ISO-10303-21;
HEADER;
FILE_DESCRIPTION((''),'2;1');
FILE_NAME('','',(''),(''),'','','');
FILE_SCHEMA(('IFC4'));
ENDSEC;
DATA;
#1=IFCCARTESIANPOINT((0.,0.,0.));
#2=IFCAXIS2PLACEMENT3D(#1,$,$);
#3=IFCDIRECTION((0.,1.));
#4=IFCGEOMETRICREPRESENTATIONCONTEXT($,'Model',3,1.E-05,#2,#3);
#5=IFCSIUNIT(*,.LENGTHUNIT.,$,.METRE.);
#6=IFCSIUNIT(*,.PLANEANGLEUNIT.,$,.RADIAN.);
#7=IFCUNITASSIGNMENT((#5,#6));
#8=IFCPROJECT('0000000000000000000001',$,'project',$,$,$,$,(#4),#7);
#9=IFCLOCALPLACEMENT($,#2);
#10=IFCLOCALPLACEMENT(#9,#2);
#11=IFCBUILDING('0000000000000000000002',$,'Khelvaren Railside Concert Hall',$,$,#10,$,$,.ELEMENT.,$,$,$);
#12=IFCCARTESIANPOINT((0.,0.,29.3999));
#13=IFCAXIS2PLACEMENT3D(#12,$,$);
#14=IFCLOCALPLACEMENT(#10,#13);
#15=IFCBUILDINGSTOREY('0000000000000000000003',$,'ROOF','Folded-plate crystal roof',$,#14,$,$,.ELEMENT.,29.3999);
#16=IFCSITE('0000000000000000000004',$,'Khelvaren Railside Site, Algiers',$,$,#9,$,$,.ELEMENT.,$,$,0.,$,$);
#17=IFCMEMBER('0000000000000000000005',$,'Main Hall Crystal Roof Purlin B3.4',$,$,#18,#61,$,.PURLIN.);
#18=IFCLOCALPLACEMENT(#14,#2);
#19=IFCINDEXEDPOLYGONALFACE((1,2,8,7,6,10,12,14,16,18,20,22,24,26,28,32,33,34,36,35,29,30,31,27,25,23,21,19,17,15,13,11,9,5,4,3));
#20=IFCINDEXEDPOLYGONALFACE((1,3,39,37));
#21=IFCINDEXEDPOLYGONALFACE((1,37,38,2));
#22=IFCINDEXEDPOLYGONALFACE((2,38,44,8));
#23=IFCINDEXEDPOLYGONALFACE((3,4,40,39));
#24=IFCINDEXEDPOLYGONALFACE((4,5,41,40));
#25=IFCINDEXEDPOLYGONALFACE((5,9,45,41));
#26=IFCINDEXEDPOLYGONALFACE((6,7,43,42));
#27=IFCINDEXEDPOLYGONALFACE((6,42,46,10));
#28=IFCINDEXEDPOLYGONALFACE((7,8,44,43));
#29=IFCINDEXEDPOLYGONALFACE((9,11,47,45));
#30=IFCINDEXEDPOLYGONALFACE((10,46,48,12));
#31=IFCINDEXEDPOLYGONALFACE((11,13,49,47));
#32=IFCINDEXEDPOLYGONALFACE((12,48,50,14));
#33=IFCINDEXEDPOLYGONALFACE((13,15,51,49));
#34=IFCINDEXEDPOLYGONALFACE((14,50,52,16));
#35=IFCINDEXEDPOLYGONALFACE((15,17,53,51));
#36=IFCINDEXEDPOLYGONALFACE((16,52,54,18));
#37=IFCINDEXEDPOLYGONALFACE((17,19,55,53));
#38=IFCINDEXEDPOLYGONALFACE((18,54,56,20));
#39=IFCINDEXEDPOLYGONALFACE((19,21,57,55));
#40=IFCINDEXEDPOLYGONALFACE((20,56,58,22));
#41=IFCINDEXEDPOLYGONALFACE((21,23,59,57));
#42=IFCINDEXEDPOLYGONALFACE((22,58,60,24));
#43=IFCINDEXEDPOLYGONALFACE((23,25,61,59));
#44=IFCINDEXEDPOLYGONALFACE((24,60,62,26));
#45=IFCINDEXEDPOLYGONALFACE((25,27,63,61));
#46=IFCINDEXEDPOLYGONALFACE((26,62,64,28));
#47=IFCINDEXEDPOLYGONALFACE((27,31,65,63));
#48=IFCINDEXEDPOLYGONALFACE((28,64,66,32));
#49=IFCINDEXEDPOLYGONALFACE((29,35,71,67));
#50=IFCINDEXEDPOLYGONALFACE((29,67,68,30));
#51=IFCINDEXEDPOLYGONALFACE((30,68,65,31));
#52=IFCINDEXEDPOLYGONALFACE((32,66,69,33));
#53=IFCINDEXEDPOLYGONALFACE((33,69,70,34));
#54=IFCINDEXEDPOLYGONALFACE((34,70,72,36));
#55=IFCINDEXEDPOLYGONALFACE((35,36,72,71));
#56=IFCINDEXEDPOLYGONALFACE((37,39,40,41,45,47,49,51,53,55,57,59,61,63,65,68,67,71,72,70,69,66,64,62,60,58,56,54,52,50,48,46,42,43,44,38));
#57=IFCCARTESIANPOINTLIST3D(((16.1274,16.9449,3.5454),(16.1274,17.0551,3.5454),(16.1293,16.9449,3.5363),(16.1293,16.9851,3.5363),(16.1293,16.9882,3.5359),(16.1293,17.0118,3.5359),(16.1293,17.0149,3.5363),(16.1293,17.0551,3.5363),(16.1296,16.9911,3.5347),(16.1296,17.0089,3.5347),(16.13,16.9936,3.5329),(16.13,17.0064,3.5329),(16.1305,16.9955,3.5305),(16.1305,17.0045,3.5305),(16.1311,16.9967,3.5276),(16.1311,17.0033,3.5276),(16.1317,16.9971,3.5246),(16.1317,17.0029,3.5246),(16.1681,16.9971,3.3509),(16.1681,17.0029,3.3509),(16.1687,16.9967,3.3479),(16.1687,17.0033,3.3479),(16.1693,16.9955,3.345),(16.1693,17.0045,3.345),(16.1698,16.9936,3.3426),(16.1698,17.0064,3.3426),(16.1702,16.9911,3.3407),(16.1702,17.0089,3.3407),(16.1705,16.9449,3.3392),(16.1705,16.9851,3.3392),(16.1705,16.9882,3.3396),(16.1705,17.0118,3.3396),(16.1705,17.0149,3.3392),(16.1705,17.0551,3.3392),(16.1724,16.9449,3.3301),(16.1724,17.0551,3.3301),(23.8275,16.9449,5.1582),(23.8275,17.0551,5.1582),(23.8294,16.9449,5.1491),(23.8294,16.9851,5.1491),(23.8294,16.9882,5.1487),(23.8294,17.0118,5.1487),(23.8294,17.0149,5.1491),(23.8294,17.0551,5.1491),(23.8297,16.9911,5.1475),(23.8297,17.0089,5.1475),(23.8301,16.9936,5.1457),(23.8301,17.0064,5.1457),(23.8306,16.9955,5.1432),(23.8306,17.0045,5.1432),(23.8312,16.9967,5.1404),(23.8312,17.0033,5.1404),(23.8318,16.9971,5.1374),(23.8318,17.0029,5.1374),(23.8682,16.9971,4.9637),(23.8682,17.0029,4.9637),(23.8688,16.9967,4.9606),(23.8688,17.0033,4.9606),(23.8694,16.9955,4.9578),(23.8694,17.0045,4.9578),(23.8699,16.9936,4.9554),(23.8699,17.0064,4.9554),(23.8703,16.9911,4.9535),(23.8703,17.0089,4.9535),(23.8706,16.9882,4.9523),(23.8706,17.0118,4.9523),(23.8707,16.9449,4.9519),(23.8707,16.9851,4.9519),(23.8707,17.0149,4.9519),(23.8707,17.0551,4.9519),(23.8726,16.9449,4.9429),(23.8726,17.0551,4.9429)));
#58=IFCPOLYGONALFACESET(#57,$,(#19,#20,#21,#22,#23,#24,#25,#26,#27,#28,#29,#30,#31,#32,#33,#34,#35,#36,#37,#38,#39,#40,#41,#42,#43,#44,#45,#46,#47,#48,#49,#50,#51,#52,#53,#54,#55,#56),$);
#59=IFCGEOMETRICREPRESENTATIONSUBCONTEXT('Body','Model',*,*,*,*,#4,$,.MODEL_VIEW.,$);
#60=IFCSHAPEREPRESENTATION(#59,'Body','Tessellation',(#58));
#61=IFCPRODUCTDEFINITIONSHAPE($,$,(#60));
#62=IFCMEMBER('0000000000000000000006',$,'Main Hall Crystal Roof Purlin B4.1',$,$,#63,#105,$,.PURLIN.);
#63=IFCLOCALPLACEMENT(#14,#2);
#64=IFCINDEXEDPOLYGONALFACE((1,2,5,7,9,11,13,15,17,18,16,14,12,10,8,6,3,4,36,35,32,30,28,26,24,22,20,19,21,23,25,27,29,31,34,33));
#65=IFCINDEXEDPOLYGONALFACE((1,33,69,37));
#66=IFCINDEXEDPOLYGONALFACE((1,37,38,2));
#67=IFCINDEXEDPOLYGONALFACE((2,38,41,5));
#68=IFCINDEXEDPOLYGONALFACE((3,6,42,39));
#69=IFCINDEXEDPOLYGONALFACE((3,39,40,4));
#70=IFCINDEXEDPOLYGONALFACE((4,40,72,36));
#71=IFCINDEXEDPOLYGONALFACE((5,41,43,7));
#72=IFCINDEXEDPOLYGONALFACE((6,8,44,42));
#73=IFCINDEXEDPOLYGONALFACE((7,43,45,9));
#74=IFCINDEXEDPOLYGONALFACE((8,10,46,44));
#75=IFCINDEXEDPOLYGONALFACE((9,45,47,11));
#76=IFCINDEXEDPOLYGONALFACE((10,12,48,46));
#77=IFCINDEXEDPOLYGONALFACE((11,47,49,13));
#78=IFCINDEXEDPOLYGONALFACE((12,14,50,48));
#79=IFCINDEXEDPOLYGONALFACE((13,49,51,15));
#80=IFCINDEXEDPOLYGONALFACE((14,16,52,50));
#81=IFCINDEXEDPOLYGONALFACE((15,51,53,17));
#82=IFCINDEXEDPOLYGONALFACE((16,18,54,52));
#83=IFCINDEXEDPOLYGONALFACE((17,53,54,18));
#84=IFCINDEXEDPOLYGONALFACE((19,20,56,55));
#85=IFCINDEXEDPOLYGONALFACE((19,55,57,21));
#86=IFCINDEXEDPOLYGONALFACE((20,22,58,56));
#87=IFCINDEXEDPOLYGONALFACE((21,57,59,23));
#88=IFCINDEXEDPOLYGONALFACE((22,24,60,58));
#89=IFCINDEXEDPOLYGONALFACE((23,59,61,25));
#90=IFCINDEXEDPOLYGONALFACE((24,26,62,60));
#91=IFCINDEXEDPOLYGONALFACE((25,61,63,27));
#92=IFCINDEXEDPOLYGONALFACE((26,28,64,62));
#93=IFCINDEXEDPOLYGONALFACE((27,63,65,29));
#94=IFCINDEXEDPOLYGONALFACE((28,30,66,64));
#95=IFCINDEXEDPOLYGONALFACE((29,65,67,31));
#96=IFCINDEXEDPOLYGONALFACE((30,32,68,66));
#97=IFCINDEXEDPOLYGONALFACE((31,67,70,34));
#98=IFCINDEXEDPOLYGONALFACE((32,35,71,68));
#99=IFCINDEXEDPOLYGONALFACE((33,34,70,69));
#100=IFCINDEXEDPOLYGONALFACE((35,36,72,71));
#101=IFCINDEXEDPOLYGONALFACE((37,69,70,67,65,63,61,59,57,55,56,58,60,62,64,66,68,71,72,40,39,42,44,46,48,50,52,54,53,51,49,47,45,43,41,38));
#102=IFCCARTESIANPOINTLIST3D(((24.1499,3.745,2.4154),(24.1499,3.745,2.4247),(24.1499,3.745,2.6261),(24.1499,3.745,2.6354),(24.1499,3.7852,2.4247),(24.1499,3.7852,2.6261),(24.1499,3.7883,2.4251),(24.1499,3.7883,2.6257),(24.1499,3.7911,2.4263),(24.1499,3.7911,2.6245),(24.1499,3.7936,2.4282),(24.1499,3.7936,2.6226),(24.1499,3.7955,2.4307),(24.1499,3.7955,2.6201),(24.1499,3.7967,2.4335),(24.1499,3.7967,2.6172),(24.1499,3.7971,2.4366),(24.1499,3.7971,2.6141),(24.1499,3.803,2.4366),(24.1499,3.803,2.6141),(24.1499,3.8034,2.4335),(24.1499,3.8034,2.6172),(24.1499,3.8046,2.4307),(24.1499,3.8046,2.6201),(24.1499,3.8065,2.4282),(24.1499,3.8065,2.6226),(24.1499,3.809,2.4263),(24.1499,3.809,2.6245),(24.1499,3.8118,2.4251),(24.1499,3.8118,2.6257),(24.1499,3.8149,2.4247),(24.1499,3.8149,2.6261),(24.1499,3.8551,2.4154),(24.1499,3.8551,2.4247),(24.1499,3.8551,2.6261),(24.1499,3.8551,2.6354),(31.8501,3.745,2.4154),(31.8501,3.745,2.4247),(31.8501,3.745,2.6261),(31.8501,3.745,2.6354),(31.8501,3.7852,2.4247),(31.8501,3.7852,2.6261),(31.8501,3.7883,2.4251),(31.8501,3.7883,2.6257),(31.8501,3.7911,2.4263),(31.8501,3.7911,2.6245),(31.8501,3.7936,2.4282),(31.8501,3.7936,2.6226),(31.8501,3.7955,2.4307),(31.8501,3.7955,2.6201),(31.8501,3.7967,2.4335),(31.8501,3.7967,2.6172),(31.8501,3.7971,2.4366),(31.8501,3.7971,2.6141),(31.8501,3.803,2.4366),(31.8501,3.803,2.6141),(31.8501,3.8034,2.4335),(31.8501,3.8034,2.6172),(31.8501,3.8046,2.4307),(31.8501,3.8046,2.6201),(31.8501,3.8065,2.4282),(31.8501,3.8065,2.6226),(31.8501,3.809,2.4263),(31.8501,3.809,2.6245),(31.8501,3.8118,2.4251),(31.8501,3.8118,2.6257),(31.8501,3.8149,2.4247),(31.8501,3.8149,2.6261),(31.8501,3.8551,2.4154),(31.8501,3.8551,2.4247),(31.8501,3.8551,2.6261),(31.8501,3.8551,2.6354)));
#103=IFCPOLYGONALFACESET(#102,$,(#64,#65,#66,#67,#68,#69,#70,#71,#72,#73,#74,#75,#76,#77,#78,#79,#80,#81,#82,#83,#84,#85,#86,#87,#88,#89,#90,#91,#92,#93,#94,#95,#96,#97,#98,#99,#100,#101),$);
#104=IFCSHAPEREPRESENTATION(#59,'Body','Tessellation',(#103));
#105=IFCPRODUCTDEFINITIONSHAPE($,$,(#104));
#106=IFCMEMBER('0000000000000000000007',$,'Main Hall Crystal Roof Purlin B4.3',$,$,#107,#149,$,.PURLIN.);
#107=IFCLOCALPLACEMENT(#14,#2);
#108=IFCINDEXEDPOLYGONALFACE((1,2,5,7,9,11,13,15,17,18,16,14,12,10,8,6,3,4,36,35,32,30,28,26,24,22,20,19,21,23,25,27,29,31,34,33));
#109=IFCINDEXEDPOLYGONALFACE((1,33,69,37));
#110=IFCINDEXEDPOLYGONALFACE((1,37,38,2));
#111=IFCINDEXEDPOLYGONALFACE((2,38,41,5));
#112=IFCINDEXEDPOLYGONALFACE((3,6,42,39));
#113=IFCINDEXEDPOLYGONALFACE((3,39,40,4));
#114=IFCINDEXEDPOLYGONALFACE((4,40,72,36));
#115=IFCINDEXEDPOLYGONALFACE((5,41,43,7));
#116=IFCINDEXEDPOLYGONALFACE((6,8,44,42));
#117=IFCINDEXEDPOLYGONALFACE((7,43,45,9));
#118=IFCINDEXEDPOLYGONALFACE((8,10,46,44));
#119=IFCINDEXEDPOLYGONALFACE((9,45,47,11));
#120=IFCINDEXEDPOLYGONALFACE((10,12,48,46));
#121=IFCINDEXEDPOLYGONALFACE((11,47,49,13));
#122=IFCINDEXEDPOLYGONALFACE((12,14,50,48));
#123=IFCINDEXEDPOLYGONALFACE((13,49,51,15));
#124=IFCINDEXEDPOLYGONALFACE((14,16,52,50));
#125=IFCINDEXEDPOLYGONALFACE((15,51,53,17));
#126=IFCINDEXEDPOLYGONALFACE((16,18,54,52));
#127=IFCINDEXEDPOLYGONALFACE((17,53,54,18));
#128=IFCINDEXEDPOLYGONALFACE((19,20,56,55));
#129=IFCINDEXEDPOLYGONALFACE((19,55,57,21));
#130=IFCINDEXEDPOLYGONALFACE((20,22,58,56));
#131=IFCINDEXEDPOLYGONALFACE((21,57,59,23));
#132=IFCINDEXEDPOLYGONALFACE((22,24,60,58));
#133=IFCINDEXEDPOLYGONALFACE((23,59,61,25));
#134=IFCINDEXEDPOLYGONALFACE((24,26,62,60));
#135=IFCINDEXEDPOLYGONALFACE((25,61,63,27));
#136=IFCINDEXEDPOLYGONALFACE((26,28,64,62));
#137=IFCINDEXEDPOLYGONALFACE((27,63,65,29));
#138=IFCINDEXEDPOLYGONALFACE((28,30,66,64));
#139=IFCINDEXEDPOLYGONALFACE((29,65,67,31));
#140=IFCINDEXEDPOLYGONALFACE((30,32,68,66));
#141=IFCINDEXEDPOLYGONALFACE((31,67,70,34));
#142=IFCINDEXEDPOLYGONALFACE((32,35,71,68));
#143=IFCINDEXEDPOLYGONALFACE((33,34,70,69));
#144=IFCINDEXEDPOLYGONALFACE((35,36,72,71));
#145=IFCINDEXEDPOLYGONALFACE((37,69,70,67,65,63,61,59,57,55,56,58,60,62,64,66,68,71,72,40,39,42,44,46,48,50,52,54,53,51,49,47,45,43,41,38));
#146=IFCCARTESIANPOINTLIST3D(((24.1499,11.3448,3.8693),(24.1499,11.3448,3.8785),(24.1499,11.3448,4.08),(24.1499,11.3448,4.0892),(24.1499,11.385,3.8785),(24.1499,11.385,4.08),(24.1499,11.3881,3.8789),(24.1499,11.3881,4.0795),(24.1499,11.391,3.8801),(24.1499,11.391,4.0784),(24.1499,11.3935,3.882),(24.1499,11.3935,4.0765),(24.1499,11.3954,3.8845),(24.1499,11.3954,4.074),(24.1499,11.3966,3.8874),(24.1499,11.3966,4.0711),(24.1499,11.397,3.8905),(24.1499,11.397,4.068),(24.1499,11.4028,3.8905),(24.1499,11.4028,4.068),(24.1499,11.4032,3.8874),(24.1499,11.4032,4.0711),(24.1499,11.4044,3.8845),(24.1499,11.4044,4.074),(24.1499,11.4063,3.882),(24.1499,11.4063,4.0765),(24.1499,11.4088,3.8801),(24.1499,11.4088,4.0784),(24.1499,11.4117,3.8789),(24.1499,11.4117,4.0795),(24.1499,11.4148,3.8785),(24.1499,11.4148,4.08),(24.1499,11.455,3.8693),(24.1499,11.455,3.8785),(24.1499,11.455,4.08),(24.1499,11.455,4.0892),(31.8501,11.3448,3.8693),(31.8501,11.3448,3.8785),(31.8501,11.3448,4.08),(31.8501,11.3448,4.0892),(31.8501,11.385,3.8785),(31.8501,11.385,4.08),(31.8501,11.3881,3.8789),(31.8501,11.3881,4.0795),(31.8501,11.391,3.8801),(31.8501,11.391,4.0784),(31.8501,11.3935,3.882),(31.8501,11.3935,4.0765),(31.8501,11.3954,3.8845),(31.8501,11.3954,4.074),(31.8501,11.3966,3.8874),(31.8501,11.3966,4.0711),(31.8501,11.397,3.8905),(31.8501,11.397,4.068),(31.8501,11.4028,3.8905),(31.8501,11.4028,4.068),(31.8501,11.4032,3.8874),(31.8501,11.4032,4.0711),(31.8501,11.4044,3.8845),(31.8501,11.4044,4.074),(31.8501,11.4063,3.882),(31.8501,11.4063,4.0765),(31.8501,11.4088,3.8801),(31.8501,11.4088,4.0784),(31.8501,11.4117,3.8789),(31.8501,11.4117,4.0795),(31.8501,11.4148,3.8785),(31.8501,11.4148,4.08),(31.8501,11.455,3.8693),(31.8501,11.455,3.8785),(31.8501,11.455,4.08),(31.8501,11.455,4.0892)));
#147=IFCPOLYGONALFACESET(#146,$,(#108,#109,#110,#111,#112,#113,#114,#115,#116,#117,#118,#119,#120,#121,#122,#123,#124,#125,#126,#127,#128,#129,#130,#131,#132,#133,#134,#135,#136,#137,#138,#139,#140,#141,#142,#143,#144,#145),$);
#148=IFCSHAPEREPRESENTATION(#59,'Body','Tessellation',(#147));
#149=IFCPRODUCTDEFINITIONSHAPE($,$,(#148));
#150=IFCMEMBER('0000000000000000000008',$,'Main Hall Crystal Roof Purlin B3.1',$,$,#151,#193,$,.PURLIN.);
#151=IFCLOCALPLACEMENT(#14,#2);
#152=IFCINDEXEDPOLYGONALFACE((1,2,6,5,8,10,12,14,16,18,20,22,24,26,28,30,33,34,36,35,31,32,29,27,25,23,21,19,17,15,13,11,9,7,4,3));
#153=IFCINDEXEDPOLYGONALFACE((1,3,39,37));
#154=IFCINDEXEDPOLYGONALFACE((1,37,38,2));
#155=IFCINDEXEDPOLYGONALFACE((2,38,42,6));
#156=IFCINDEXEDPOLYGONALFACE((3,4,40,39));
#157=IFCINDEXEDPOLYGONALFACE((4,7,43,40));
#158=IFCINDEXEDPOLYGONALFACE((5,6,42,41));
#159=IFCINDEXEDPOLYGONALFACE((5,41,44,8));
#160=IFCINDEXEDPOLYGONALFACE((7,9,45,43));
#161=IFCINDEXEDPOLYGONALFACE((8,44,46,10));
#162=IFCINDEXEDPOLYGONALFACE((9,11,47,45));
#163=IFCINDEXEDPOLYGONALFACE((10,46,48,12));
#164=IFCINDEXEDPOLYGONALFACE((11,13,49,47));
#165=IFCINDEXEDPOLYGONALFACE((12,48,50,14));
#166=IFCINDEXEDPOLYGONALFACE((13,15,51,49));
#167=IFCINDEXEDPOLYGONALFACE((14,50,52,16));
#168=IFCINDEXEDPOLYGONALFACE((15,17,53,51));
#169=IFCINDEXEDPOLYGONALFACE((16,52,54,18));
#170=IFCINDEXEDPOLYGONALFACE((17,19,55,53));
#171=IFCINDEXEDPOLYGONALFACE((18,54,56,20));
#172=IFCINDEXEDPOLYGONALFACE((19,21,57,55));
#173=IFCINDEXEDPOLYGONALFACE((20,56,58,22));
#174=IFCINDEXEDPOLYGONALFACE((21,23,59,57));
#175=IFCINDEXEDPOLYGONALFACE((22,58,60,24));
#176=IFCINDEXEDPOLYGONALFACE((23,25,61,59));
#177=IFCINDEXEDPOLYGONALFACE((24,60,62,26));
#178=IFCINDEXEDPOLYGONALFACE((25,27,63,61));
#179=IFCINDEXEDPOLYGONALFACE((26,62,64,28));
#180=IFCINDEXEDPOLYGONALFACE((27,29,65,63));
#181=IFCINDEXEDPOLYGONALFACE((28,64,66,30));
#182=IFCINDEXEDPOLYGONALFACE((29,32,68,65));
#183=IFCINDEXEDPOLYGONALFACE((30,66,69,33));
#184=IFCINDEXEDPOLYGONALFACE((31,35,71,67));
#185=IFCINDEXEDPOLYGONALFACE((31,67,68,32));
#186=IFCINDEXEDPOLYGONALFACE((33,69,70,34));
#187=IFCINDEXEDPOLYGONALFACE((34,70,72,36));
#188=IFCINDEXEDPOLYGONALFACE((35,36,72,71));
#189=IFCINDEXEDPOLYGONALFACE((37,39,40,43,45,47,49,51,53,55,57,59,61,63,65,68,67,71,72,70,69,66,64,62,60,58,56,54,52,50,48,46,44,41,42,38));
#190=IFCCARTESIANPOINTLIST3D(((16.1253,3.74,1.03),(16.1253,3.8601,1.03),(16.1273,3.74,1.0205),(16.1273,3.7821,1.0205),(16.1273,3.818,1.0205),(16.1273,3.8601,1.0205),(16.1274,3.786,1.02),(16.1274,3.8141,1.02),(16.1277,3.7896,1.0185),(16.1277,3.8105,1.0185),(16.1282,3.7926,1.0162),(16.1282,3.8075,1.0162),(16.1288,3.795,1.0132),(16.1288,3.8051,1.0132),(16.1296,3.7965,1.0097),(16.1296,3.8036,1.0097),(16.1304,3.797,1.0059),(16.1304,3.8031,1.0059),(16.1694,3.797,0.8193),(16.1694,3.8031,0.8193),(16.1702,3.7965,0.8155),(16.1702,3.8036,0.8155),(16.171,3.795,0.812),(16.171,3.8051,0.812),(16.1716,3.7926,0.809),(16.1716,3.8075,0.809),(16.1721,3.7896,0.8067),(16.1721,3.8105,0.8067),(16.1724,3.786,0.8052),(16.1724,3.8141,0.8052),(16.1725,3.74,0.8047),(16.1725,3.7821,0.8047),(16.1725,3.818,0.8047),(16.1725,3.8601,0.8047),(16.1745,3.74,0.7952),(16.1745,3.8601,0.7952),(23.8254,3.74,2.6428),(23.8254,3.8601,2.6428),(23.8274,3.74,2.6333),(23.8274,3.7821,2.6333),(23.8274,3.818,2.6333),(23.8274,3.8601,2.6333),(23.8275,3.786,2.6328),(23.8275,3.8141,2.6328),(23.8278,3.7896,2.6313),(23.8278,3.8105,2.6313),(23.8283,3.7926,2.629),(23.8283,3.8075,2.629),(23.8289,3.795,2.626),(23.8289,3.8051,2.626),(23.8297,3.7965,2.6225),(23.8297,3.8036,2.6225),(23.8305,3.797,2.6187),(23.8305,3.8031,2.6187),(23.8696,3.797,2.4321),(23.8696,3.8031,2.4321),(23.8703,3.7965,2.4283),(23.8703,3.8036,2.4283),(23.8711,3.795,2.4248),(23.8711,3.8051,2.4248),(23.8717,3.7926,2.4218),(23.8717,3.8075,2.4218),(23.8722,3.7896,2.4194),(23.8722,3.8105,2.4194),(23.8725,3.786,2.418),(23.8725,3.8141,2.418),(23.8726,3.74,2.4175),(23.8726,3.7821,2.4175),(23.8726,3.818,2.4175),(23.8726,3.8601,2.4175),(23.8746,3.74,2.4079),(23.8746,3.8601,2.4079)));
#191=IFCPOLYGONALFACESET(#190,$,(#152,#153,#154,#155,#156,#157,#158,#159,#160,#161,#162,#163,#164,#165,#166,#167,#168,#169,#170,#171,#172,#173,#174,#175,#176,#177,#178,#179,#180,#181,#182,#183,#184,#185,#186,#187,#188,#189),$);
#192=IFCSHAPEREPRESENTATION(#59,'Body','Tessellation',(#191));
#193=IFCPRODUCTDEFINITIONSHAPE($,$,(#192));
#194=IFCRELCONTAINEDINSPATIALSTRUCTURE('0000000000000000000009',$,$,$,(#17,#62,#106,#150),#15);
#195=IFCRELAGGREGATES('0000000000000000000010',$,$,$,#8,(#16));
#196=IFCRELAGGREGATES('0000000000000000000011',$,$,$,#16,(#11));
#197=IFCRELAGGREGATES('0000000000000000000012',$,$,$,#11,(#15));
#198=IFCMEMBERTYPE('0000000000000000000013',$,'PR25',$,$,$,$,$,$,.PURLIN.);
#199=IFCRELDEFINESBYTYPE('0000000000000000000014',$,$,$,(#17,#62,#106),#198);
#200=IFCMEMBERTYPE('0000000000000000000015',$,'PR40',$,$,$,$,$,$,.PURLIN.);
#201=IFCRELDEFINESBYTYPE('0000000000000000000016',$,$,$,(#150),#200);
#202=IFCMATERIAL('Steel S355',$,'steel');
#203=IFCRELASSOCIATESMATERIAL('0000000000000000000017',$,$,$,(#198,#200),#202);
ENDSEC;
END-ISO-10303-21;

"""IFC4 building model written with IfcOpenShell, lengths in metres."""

from ifc_helpers import new_model, si_unit, direction, frame, origin, origin_2d, place, context, subcontext, project, spatial, i_section, extrude, material, material_profile, profile_set, type_object, element, save


model = new_model("IFC4")

# Units and contexts
model_context = context("Model", 3, precision=1e-05, world=origin(), true_north=direction((0.0, 1.0)))
body_context = subcontext(model_context, "Body", "Model", "MODEL_VIEW")
ifc_project = project(units=[si_unit("LENGTHUNIT", "METRE"), si_unit("PLANEANGLEUNIT", "RADIAN")], contexts=[model_context])

# Site, building, storey
site_placement = place(None, origin())
site = spatial("IfcSite", under=ifc_project, at=site_placement, Name="Khelvaren Railside Site, Algiers", CompositionType="ELEMENT", RefElevation=0.0)
building_placement = place(site_placement, origin())
building = spatial("IfcBuilding", under=site, at=building_placement, Name="Khelvaren Railside Concert Hall", CompositionType="ELEMENT")
storey_placement = place(building_placement, frame((0.0, 0.0, 29.3999)))
storey = spatial("IfcBuildingStorey", under=building, at=storey_placement, Name="ROOF", Description="Folded-plate crystal roof", CompositionType="ELEMENT", Elevation=29.3999)

# Shared definitions
ifc_material_1 = material(Name="Steel S355", Category="steel")

# Members
ifc_material_profile_1 = material_profile(ifc_material_1, i_section(OverallWidth=0.1101, OverallDepth=0.22, WebThickness=0.0059, FlangeThickness=0.0093, FilletRadius=0.012, at=origin_2d()), Name="IPE 220")
ifc_profile_set_1 = profile_set([ifc_material_profile_1], Name="Steel S355")
member_type_1 = type_object("IfcMemberType", Name="PR25", PredefinedType="PURLIN", material=ifc_profile_set_1)
for number, where, z_axis, x_axis, name in (
    (1, (16.1499, 17.0, 3.4377), (0.978762, 0.0, 0.205), (0.0, 1.0, 0.0), "Main Hall Crystal Roof Purlin B3.4"),
):
    element("IfcMember", number, at=place(storey_placement, frame(where, z_axis=z_axis, x_axis=x_axis)), inside=storey, type_object=member_type_1, Name=name, PredefinedType="PURLIN", context=body_context, shape_type="SweptSolid", body=[
        extrude(i_section(OverallWidth=0.1101, OverallDepth=0.22, WebThickness=0.0059, FlangeThickness=0.0093, FilletRadius=0.012, at=origin_2d()), origin(), (0.0, 0.0, 1.0), 7.8672),
    ])
for number, where, z_axis, x_axis, name in (
    (2, (24.1499, 3.8, 2.5254), (1.0, 0.0, 0.0), (0.0, 1.0, 0.0), "Main Hall Crystal Roof Purlin B4.1"),
    (3, (24.1499, 11.3999, 3.9792), (1.0, 0.0, 0.0), (0.0, 1.0, 0.0), "Main Hall Crystal Roof Purlin B4.3"),
):
    element("IfcMember", number, at=place(storey_placement, frame(where, z_axis=z_axis, x_axis=x_axis)), inside=storey, type_object=member_type_1, Name=name, PredefinedType="PURLIN", context=body_context, shape_type="SweptSolid", body=[
        extrude(i_section(OverallWidth=0.1101, OverallDepth=0.22, WebThickness=0.0059, FlangeThickness=0.0093, FilletRadius=0.012, at=origin_2d()), origin(), (0.0, 0.0, 1.0), 7.7002),
    ])
ifc_material_profile_2 = material_profile(ifc_material_1, i_section(OverallWidth=0.1201, OverallDepth=0.24, WebThickness=0.0061, FlangeThickness=0.0098, FilletRadius=0.0149, at=origin_2d()), Name="IPE 240")
ifc_profile_set_2 = profile_set([ifc_material_profile_2], Name="Steel S355")
member_type_2 = type_object("IfcMemberType", Name="PR40", PredefinedType="PURLIN", material=ifc_profile_set_2)
for number, where, z_axis, x_axis, name in (
    (4, (16.1499, 3.8, 0.9126), (0.978762, 0.0, 0.205), (0.0, 1.0, 0.0), "Main Hall Crystal Roof Purlin B3.1"),
):
    element("IfcMember", number, at=place(storey_placement, frame(where, z_axis=z_axis, x_axis=x_axis)), inside=storey, type_object=member_type_2, Name=name, PredefinedType="PURLIN", context=body_context, shape_type="SweptSolid", body=[
        extrude(i_section(OverallWidth=0.1201, OverallDepth=0.24, WebThickness=0.0061, FlangeThickness=0.0098, FilletRadius=0.0149, at=origin_2d()), origin(), (0.0, 0.0, 1.0), 7.8672),
    ])

save(model, "model.ifc")
